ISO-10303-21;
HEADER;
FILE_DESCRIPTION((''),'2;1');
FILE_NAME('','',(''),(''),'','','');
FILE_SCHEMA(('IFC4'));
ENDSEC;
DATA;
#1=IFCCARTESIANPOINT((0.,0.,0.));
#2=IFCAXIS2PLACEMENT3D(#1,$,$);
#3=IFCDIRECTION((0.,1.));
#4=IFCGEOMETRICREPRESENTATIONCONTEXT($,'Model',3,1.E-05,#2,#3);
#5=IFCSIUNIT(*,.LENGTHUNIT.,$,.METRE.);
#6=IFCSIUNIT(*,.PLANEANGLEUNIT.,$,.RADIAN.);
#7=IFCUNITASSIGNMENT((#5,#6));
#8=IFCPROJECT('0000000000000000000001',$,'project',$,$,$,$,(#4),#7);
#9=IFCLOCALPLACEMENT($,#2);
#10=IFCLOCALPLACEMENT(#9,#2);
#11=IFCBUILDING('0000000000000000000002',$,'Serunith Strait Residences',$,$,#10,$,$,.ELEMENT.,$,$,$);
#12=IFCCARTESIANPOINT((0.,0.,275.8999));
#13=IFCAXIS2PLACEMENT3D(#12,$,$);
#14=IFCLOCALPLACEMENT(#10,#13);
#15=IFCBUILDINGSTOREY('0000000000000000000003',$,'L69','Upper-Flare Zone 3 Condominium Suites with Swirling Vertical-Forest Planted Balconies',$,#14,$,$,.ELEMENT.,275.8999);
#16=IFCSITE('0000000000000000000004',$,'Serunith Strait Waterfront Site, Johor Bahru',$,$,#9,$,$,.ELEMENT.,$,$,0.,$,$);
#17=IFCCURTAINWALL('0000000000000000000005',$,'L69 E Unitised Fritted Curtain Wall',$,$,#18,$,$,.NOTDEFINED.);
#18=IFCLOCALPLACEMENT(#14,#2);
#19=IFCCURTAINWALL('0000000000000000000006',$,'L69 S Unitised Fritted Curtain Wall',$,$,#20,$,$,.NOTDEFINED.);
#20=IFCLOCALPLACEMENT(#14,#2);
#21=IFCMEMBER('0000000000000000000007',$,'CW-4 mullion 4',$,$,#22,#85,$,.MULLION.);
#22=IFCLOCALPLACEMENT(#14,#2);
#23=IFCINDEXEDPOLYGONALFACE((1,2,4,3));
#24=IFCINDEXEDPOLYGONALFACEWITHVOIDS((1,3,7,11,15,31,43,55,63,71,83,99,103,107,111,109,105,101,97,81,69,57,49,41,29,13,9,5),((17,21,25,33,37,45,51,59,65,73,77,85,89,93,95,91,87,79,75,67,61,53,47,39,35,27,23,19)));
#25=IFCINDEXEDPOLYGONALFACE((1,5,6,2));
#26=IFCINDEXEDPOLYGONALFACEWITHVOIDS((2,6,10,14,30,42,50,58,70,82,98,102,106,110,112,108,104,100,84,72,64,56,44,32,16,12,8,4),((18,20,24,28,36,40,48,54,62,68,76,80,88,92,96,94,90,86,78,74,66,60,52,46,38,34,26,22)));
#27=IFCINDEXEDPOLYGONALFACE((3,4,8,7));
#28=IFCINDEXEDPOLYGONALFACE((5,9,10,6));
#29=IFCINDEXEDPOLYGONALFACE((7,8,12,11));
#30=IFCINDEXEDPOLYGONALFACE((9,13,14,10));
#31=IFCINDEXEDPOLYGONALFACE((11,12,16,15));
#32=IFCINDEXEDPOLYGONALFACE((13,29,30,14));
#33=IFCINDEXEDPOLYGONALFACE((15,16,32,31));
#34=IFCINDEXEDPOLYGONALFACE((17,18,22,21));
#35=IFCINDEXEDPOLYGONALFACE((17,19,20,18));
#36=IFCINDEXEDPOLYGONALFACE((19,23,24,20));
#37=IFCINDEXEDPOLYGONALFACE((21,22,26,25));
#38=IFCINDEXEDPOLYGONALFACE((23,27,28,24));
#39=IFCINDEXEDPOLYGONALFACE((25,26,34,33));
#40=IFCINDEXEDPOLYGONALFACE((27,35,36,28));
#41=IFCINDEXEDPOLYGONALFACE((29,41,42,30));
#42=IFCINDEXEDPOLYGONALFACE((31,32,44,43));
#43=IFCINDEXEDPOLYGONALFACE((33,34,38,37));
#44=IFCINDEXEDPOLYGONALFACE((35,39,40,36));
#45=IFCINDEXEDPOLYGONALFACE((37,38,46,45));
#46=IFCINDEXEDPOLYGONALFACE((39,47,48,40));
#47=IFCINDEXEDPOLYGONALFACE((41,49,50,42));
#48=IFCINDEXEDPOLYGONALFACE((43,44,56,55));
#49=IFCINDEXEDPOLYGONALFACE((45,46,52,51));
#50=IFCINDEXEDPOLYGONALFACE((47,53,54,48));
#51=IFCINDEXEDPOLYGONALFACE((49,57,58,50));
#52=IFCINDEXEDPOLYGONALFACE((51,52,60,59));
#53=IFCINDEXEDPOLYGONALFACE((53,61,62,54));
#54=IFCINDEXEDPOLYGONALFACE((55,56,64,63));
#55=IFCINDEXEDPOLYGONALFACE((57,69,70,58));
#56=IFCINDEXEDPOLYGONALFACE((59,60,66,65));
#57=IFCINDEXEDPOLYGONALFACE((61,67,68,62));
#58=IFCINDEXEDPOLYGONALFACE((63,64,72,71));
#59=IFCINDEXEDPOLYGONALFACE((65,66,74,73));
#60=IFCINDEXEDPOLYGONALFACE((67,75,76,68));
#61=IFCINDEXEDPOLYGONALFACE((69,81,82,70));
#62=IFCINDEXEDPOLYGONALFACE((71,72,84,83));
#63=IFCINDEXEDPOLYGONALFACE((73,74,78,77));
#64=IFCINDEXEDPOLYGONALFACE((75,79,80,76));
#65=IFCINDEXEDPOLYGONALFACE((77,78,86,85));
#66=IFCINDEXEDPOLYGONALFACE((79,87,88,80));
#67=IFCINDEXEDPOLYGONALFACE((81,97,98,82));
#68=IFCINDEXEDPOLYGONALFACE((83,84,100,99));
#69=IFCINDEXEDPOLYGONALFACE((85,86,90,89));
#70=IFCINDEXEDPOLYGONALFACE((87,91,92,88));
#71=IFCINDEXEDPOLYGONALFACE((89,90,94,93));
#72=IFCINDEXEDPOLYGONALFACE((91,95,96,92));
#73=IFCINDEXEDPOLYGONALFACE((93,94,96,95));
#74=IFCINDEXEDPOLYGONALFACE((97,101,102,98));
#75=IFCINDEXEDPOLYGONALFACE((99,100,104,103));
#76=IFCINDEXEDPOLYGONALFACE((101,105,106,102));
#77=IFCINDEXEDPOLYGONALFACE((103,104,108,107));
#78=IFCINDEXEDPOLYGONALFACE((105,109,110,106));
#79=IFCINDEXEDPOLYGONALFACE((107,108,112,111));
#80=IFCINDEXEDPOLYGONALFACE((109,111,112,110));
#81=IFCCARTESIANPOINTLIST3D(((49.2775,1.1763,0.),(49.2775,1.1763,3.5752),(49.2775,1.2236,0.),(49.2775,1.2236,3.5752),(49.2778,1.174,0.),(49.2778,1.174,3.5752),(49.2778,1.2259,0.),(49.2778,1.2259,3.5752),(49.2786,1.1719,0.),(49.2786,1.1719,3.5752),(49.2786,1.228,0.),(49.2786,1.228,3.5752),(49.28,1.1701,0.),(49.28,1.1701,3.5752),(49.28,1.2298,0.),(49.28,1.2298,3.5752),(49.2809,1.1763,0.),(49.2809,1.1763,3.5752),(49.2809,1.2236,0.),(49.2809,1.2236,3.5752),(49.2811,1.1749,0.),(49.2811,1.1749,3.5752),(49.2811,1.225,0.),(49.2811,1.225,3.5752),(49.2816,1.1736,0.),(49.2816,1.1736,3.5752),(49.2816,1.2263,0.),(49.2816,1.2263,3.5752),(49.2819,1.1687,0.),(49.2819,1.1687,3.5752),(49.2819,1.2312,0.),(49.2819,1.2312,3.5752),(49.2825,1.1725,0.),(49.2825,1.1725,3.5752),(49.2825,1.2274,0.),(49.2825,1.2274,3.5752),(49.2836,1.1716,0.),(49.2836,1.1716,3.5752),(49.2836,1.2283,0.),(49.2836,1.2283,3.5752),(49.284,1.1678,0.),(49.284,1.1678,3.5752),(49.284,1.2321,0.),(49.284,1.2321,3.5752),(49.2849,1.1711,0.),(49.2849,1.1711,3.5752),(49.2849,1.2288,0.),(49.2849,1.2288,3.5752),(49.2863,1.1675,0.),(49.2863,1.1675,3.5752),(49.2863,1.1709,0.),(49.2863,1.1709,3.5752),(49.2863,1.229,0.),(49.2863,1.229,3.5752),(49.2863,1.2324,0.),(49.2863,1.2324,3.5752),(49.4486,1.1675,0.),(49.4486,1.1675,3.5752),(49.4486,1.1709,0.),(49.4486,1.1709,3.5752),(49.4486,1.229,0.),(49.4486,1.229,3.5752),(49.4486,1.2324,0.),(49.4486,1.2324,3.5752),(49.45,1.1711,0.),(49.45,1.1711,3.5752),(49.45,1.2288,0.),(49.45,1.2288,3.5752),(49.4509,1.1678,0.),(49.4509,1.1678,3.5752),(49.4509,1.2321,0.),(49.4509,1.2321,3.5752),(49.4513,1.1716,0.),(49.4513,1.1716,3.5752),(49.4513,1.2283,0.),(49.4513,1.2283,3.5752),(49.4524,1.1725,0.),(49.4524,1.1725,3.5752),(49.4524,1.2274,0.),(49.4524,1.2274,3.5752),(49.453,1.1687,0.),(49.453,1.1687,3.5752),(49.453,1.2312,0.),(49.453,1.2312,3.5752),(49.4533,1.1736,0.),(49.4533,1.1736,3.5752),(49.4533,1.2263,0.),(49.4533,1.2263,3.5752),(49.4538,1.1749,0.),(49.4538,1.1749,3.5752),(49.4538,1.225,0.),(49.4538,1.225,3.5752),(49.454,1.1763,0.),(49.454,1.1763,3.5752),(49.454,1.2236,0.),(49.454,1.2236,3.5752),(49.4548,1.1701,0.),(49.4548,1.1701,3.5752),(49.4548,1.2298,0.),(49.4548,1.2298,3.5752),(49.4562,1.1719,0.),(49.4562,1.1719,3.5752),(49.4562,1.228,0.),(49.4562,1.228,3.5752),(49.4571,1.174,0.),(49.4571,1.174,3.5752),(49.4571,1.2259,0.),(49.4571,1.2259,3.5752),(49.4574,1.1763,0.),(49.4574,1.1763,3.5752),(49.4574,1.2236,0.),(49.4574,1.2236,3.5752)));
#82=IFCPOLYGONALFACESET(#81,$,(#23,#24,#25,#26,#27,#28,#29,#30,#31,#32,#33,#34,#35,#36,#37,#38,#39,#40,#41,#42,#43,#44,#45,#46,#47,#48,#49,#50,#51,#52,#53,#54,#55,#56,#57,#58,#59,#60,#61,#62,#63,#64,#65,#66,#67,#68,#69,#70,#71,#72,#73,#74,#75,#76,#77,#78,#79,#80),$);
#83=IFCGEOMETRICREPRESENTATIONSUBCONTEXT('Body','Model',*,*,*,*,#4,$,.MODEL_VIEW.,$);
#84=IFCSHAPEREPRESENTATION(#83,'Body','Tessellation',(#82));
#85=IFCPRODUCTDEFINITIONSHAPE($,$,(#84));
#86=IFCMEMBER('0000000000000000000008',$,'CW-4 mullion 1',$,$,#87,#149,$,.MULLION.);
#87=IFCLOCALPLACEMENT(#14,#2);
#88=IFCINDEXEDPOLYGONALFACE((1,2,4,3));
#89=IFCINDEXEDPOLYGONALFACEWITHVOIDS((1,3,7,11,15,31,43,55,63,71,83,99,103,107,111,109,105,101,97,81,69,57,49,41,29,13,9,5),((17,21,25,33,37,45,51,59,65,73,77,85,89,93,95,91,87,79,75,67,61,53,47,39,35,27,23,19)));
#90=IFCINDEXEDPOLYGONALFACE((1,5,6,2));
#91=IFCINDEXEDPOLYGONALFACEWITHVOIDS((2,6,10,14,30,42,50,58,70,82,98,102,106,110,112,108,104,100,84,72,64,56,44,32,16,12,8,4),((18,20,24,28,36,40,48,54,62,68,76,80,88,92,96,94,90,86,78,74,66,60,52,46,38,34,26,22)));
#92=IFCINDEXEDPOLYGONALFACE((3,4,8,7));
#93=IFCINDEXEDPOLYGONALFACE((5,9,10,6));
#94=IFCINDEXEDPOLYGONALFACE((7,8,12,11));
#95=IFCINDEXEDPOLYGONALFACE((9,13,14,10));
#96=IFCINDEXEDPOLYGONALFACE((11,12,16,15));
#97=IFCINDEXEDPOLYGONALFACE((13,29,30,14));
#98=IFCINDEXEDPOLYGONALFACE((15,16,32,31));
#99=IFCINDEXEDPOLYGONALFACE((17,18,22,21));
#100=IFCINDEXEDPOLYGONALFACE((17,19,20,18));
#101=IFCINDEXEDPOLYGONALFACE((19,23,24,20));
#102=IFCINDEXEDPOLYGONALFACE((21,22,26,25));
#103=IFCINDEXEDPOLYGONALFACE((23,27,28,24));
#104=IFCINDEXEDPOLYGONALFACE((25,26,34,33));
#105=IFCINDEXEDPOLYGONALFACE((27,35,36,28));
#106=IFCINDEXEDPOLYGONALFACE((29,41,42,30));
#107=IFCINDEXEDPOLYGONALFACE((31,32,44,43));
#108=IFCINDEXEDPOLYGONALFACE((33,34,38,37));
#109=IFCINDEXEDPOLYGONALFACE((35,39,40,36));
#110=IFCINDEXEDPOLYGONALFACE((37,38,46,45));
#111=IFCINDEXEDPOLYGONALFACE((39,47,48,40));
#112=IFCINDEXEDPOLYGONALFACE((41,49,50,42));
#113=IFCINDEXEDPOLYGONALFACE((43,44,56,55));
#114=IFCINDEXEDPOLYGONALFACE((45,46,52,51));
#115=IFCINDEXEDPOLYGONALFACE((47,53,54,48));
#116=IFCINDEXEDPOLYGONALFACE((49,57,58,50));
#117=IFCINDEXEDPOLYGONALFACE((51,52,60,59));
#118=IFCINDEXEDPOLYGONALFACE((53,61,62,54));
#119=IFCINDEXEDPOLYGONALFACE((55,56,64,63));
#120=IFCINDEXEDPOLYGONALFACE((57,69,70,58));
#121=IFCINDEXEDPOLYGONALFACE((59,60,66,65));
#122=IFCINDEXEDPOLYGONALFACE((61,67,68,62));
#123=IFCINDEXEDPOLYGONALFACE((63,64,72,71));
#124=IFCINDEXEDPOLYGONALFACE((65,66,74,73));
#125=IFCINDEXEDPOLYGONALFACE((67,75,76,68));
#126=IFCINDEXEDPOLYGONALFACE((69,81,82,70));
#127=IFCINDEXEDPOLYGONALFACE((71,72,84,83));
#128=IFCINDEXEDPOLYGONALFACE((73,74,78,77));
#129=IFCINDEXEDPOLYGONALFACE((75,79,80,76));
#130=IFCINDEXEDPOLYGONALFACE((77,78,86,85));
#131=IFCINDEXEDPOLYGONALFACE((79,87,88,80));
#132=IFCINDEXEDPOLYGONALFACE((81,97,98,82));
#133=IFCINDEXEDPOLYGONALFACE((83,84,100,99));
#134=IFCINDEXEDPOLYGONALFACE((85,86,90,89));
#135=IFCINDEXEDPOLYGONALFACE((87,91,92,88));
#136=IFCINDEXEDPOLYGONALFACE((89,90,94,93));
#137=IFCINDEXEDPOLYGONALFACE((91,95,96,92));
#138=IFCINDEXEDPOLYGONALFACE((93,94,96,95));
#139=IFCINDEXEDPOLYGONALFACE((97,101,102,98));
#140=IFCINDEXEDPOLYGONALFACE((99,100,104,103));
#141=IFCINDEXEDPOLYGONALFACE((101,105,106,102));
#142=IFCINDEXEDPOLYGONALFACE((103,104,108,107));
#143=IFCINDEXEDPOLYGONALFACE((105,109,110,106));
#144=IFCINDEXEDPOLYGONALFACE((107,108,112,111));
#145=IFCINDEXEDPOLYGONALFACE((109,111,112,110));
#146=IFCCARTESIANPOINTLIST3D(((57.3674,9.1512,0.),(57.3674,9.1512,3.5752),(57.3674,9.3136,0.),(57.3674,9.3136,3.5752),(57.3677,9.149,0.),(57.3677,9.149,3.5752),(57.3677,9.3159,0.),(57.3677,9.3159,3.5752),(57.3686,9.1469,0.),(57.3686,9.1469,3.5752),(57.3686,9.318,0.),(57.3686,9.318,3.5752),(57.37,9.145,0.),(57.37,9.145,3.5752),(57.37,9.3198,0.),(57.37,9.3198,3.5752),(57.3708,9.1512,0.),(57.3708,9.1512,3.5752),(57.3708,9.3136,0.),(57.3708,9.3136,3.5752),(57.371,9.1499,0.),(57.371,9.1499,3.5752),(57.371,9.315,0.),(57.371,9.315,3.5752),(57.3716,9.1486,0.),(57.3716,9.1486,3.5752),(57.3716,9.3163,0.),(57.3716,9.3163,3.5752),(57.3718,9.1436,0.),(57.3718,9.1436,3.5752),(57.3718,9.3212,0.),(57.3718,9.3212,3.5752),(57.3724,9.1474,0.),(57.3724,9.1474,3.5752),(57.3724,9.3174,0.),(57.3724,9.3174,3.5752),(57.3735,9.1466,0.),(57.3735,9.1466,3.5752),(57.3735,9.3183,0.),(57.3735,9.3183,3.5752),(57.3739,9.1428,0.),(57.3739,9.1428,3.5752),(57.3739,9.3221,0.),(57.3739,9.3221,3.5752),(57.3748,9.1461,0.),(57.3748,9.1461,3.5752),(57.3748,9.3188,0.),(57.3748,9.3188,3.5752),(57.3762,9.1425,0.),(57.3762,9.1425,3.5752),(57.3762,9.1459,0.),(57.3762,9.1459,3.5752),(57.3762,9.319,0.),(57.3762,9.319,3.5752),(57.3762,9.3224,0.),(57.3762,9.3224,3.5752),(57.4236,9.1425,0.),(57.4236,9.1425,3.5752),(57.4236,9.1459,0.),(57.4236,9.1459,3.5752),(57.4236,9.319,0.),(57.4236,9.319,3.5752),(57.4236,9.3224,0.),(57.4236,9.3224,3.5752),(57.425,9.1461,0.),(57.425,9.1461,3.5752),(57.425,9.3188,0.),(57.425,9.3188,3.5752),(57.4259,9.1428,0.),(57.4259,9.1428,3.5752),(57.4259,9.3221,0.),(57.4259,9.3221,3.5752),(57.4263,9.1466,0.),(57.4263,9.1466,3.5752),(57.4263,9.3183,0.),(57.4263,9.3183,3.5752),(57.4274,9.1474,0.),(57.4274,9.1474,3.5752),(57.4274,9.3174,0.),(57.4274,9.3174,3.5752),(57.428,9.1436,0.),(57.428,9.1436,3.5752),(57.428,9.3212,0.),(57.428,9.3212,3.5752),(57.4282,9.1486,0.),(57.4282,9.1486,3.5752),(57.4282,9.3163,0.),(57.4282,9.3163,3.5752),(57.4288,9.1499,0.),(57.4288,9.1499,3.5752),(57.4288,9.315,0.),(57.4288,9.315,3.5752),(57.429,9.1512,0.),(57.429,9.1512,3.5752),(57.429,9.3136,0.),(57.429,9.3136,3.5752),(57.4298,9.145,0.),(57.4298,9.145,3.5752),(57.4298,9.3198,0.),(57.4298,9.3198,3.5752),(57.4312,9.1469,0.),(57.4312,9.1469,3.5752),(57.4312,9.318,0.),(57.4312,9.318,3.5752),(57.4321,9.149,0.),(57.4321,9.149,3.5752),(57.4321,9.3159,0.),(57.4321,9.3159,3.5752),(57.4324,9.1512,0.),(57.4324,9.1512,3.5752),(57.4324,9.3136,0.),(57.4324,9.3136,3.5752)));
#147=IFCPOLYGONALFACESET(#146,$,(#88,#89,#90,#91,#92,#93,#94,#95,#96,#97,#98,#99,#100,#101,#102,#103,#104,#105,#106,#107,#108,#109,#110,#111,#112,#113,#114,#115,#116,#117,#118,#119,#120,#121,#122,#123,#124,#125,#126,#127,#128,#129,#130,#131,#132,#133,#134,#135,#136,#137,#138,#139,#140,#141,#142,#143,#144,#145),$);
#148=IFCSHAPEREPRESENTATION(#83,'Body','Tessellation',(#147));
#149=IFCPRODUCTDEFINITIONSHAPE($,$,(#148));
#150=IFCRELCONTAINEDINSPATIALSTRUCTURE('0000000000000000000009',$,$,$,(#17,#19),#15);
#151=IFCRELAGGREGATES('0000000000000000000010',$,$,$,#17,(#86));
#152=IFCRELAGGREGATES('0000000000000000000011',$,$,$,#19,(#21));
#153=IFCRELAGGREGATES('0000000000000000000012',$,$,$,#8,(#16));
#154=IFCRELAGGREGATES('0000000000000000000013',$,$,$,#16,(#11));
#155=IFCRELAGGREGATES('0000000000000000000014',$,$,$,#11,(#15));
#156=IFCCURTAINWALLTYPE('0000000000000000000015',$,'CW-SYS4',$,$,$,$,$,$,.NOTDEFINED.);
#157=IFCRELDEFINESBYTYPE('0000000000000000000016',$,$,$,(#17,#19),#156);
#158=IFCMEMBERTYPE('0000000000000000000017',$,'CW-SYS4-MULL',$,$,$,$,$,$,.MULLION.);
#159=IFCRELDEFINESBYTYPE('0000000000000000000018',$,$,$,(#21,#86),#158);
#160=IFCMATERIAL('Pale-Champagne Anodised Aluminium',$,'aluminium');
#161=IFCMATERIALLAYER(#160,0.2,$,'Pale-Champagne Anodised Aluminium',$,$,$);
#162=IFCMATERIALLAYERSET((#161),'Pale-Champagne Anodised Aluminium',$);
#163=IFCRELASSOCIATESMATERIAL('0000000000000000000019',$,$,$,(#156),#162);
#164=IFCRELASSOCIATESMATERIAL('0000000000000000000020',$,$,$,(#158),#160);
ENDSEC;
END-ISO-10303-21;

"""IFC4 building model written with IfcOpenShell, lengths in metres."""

from ifc_helpers import new_model, si_unit, direction, frame, origin, origin_2d, place, context, subcontext, project, spatial, hollow_rectangle, extrude, source, transform, mapped, material, layer, layer_set, material_profile, profile_set, type_object, element, aggregate, save


model = new_model("IFC4")

# Units and contexts
model_context = context("Model", 3, precision=1e-05, world=origin(), true_north=direction((0.0, 1.0)))
body_context = subcontext(model_context, "Body", "Model", "MODEL_VIEW")
ifc_project = project(units=[si_unit("LENGTHUNIT", "METRE"), si_unit("PLANEANGLEUNIT", "RADIAN")], contexts=[model_context])

# Site, building, storey
site_placement = place(None, origin())
site = spatial("IfcSite", under=ifc_project, at=site_placement, Name="Serunith Strait Waterfront Site, Johor Bahru", CompositionType="ELEMENT", RefElevation=0.0)
building_placement = place(site_placement, origin())
building = spatial("IfcBuilding", under=site, at=building_placement, Name="Serunith Strait Residences", CompositionType="ELEMENT")
storey_placement = place(building_placement, frame((0.0, 0.0, 275.8999)))
storey = spatial("IfcBuildingStorey", under=building, at=storey_placement, Name="L69", Description="Upper-Flare Zone 3 Condominium Suites with Swirling Vertical-Forest Planted Balconies", CompositionType="ELEMENT", Elevation=275.8999)

# Curtain walls, member
ifc_material_1 = material(Name="Pale-Champagne Anodised Aluminium", Category="aluminium")
ifc_layer_1 = layer(ifc_material_1, 0.2, Name="Pale-Champagne Anodised Aluminium")
ifc_layer_set_1 = layer_set([ifc_layer_1], Name="Pale-Champagne Anodised Aluminium")
curtain_wall_type = type_object("IfcCurtainWallType", Name="CW-SYS4", PredefinedType="NOTDEFINED", material=ifc_layer_set_1)
curtain_wall_1_placement = place(storey_placement, origin())
curtain_wall_1 = element("IfcCurtainWall", 1, at=curtain_wall_1_placement, inside=storey, type_object=curtain_wall_type, Name="L69 E Unitised Fritted Curtain Wall", PredefinedType="NOTDEFINED")
curtain_wall_2_placement = place(storey_placement, origin())
curtain_wall_2 = element("IfcCurtainWall", 2, at=curtain_wall_2_placement, inside=storey, type_object=curtain_wall_type, Name="L69 S Unitised Fritted Curtain Wall", PredefinedType="NOTDEFINED")
ifc_material_profile_1 = material_profile(ifc_material_1, hollow_rectangle(XDim=0.0649, YDim=0.1799, WallThickness=0.0034, InnerFilletRadius=0.0054, OuterFilletRadius=0.0088, at=origin_2d()), Name="ALU 180x65x3.5")
ifc_profile_set_1 = profile_set([ifc_material_profile_1], Name="Pale-Champagne Anodised Aluminium")
member_type_1 = type_object("IfcMemberType", Name="CW-SYS4-MULL", PredefinedType="MULLION", material=ifc_profile_set_1)
shared_shape_1 = source(origin(), body_context, "Body", "SweptSolid", [
    extrude(hollow_rectangle(XDim=0.0649, YDim=0.1799, WallThickness=0.0034, InnerFilletRadius=0.0054, OuterFilletRadius=0.0088, at=origin_2d()), origin(), (0.0, 0.0, 1.0), 3.5752),
])
member_1_placement = place(storey_placement, frame((49.3674, 1.2, 0.0), z_axis=(0.0, 0.0, 1.0), x_axis=(0.0, 1.0, 0.0)))
member_1 = element("IfcMember", 3, at=member_1_placement, type_object=member_type_1, Name="CW-4 mullion 4", PredefinedType="MULLION", context=body_context, shape_type="MappedRepresentation", body=[
    mapped(shared_shape_1, transform((0.0, 0.0, 0.0), scale=1.0)),
])

# Member
member_2_placement = place(storey_placement, frame((57.3999, 9.2324, 0.0), z_axis=(0.0, 0.0, 1.0), x_axis=(-1.0, 0.0, 0.0)))
member_2 = element("IfcMember", 4, at=member_2_placement, type_object=member_type_1, Name="CW-4 mullion 1", PredefinedType="MULLION", context=body_context, shape_type="MappedRepresentation", body=[
    mapped(shared_shape_1, transform((0.0, 0.0, 0.0), scale=1.0)),
])
aggregate(curtain_wall_1, [member_2])

aggregate(curtain_wall_2, [member_1])

save(model, "model.ifc")
